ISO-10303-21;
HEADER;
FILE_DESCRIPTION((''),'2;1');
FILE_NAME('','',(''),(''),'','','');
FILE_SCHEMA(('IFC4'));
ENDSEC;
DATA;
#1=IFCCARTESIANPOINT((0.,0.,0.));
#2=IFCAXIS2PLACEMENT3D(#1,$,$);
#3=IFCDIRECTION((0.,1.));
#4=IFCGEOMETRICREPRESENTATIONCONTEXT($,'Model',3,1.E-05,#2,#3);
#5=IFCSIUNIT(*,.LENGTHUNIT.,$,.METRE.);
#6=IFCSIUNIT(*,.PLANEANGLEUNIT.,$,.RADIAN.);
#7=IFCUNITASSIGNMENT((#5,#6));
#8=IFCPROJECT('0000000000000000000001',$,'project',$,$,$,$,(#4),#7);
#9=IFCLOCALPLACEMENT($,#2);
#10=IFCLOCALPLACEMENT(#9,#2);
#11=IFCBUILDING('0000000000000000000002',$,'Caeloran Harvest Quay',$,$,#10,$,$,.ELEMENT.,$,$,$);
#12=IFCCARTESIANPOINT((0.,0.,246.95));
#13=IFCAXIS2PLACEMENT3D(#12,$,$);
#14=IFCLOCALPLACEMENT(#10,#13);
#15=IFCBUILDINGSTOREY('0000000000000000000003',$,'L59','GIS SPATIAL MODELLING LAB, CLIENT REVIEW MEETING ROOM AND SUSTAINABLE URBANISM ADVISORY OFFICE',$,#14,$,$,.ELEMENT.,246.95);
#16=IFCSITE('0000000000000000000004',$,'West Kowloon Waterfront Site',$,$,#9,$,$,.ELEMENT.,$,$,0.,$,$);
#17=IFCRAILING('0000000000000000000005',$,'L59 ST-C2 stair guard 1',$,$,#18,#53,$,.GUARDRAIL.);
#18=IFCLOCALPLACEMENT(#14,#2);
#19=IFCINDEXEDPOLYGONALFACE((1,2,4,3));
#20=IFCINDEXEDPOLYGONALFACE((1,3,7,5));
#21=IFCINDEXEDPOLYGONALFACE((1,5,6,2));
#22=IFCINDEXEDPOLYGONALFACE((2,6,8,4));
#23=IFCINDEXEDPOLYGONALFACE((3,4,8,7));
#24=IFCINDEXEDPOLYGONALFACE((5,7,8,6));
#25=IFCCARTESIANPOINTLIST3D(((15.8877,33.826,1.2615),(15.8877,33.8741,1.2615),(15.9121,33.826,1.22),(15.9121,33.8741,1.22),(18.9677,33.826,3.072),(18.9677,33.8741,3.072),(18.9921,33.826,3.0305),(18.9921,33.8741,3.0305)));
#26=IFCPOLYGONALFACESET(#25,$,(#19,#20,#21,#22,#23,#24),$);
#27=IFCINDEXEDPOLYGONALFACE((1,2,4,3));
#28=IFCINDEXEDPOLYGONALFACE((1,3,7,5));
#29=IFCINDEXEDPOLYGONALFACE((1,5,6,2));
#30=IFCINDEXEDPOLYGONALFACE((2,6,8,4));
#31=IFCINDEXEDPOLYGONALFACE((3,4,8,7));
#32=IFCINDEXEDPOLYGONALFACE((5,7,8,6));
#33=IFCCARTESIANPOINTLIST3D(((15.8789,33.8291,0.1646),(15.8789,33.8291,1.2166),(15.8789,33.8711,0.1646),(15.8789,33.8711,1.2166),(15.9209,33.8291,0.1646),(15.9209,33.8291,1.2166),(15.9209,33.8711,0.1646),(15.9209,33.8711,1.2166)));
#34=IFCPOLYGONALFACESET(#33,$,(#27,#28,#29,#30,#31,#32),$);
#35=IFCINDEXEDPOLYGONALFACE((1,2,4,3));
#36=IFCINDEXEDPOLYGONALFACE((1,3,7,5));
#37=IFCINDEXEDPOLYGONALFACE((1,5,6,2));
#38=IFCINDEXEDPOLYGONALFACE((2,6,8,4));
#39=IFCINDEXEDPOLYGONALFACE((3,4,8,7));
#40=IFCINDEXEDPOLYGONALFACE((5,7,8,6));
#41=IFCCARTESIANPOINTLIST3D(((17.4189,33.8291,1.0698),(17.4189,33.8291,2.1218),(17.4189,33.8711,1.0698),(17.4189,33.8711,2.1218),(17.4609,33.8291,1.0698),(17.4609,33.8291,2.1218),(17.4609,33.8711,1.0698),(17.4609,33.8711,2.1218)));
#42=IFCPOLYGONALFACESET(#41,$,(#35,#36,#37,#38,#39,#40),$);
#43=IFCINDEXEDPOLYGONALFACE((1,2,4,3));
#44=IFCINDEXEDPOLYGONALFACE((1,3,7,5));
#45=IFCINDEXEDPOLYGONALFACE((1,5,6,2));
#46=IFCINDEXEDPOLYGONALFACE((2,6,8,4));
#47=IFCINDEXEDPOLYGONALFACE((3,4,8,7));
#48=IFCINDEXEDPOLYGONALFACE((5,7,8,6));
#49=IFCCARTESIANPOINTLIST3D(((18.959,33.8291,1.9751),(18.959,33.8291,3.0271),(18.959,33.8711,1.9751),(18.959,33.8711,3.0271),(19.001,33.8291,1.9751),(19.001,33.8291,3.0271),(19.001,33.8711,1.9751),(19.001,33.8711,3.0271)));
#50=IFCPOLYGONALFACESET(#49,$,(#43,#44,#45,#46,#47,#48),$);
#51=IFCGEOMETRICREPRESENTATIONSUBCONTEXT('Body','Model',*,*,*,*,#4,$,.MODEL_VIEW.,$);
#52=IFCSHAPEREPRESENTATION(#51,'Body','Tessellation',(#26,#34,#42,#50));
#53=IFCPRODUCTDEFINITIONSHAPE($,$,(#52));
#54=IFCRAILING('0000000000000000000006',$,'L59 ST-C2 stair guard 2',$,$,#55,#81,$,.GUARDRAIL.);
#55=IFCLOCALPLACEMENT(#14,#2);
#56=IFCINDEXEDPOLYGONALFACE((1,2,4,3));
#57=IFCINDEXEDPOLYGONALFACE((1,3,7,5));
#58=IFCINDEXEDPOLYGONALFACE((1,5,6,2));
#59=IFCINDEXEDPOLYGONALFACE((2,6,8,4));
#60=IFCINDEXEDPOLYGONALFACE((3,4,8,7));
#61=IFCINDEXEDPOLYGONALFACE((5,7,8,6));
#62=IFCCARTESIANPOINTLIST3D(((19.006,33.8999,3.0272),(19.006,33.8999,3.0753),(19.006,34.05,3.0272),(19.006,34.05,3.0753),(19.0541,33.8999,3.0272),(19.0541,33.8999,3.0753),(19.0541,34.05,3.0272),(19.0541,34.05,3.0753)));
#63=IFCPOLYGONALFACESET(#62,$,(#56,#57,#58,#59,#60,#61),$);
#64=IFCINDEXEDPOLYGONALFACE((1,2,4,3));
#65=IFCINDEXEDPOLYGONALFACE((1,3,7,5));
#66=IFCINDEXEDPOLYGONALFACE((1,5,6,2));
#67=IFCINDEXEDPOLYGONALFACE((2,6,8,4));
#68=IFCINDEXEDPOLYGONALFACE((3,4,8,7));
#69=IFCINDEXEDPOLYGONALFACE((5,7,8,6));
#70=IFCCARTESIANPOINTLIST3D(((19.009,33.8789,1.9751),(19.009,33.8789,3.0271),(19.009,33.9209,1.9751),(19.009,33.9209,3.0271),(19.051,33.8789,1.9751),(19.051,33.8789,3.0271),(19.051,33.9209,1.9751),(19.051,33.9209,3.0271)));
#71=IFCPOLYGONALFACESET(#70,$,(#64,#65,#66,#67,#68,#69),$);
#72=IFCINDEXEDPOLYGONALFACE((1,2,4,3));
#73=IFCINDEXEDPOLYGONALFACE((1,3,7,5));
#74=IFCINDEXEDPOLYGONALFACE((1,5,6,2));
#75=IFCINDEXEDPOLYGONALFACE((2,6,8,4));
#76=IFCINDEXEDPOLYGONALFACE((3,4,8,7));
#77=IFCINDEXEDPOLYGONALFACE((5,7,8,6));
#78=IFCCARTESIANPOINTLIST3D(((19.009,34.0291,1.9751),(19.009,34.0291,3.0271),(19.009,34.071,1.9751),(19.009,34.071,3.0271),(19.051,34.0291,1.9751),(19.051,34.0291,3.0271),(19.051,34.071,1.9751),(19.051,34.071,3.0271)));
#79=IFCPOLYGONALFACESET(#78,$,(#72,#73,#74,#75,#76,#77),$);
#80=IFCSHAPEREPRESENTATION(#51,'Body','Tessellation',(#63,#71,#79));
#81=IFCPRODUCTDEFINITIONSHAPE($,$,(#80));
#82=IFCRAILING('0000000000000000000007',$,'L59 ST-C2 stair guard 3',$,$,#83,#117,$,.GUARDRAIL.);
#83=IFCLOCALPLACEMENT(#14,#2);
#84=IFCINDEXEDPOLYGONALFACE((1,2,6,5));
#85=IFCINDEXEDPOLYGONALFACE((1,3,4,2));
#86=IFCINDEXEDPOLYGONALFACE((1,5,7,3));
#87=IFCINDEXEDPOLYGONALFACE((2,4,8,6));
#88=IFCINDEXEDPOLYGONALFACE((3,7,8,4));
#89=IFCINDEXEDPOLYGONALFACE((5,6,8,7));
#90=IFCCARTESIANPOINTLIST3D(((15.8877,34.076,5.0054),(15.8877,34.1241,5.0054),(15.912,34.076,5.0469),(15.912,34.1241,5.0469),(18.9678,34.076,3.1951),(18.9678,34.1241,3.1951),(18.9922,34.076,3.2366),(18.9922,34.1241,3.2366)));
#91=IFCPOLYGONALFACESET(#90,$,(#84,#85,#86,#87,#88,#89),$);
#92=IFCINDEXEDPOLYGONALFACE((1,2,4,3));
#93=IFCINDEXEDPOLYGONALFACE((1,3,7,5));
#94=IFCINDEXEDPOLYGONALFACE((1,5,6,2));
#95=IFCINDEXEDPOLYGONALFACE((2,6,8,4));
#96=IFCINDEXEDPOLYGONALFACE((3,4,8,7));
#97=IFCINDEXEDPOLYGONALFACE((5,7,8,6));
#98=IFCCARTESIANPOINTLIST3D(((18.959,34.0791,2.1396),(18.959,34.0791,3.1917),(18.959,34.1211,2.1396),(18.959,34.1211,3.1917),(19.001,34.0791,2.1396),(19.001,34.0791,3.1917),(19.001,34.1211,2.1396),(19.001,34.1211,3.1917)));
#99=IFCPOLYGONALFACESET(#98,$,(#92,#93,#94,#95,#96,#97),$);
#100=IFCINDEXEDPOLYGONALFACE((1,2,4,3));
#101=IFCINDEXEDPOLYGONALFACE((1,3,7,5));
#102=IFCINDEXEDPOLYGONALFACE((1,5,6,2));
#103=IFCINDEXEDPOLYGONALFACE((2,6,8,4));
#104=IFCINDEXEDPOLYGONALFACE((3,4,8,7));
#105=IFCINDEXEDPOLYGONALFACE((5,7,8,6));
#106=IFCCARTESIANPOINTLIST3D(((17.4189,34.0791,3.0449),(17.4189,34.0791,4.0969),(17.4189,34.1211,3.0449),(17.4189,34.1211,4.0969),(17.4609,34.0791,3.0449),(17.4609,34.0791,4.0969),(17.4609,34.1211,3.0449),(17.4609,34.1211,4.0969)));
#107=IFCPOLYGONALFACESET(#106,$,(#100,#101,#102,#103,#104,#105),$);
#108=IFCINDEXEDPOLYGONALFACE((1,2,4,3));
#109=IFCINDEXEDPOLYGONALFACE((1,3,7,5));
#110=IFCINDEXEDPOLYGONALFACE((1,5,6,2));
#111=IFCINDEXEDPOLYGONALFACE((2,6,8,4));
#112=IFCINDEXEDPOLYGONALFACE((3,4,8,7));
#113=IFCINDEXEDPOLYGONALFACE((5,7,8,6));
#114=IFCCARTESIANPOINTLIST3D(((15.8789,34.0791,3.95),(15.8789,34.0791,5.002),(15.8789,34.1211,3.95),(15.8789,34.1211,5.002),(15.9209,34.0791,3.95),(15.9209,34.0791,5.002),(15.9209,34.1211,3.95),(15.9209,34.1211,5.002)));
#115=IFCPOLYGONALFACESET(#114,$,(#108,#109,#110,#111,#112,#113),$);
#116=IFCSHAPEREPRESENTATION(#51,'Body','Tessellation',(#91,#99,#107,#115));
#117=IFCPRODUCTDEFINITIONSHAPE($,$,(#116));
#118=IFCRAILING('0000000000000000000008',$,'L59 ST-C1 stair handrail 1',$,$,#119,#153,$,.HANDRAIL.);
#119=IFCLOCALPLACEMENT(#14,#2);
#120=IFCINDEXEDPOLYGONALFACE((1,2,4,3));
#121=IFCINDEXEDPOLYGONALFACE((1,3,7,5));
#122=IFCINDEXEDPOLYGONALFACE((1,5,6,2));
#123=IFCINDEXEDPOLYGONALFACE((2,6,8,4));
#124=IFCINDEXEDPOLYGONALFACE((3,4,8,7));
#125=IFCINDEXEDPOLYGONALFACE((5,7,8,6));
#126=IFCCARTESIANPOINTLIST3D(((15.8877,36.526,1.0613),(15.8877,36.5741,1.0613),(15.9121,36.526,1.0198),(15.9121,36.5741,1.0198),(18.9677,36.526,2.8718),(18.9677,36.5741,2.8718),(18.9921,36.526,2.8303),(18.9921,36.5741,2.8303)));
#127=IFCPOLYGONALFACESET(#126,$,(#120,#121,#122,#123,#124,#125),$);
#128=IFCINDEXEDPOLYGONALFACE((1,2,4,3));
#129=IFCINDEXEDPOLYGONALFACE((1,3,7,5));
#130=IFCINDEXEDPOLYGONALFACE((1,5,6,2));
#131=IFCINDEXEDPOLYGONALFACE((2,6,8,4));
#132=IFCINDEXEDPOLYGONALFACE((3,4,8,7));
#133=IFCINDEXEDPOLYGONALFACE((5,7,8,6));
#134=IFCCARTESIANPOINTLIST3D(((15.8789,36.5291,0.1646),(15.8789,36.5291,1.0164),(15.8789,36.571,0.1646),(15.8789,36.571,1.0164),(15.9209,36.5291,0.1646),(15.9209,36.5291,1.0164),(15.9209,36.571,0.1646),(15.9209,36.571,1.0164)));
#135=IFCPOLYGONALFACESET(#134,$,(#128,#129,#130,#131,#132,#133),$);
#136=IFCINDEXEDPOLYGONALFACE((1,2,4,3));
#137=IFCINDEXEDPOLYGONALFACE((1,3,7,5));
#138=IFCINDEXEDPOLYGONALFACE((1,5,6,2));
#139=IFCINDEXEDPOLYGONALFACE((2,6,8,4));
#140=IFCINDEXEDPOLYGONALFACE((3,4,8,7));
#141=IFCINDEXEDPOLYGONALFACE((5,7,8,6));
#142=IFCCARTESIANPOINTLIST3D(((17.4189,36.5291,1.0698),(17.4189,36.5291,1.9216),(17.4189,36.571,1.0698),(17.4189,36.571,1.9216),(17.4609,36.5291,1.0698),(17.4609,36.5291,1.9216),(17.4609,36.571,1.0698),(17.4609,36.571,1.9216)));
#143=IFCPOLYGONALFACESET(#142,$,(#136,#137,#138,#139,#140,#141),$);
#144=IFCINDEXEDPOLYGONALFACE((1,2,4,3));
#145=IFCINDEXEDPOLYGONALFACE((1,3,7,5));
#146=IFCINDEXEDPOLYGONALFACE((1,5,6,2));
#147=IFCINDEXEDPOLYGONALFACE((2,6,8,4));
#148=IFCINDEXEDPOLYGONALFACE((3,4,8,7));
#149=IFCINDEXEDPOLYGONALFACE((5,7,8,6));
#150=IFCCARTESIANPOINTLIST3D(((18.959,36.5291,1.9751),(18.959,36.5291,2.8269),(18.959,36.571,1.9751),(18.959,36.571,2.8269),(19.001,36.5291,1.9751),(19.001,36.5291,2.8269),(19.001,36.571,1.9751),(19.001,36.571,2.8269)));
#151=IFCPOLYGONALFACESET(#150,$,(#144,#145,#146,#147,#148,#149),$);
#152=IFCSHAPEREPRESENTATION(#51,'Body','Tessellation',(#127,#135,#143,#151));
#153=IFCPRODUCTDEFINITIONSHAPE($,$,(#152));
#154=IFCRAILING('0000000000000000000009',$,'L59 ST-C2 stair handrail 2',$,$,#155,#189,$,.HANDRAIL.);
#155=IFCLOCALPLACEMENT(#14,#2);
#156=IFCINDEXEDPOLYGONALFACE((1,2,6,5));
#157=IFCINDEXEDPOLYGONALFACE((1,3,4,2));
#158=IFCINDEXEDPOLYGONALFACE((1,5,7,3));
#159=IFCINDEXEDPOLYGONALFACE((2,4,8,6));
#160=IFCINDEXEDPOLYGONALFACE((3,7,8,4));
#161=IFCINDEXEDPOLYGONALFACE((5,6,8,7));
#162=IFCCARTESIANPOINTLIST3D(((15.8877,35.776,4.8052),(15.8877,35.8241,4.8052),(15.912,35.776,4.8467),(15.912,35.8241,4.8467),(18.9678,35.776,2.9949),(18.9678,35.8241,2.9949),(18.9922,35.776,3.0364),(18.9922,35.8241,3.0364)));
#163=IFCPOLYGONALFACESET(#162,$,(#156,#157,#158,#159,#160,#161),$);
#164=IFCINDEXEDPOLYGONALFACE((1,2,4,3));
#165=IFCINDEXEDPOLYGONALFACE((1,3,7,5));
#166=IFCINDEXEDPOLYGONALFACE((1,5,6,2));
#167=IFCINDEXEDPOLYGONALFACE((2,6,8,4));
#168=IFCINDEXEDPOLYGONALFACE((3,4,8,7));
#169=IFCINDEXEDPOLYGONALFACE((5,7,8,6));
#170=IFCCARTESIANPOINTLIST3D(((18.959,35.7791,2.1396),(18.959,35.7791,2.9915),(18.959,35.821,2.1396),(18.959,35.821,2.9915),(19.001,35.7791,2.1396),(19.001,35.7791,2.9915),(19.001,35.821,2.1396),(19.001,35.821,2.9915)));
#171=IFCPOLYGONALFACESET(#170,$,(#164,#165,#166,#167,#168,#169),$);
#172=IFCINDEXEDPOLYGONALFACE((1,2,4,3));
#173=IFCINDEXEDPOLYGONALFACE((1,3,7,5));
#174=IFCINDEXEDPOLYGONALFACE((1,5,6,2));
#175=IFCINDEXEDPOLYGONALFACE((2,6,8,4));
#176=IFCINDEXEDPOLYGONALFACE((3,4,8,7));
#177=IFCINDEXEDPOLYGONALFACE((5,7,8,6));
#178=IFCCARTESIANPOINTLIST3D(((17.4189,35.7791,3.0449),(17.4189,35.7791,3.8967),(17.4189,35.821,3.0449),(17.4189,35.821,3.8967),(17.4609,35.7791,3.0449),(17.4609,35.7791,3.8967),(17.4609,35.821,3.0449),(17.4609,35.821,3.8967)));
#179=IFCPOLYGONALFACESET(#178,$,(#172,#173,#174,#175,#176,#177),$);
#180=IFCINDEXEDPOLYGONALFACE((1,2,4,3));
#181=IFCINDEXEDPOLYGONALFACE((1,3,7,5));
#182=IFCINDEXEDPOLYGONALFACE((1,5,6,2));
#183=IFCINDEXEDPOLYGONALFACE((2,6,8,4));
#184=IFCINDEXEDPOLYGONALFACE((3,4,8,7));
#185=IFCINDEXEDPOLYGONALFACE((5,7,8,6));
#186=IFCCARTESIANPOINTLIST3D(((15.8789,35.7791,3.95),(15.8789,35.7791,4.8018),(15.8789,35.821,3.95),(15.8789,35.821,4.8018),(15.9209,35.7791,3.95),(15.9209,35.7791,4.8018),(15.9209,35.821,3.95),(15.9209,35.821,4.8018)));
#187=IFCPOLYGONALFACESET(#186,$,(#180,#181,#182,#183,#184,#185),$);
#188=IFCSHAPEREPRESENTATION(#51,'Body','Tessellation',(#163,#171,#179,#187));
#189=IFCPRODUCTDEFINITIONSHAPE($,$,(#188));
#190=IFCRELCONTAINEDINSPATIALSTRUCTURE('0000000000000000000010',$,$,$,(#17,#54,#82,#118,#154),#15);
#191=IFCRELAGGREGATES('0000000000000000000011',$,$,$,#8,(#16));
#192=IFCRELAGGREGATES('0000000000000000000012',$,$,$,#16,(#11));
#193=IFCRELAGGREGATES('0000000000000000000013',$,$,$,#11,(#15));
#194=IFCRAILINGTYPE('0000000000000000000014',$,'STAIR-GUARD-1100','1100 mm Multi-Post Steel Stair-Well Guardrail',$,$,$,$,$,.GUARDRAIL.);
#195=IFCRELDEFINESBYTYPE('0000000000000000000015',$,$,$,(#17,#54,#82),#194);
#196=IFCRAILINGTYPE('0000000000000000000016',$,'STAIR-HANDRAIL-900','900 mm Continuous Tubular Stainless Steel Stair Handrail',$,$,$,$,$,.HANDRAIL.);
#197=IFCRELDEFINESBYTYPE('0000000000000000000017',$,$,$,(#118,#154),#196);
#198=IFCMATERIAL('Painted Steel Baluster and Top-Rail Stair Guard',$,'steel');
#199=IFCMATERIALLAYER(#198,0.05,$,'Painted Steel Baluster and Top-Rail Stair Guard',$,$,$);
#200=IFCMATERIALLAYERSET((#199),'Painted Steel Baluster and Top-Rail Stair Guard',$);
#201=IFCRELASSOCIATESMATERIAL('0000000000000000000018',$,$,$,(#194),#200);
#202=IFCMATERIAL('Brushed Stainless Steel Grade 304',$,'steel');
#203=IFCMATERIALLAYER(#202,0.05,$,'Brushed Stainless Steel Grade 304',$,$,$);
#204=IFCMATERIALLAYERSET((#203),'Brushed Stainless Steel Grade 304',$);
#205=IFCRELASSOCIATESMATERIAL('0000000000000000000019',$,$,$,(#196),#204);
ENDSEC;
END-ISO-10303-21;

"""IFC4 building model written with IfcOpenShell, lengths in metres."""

from ifc_helpers import new_model, si_unit, direction, frame, origin, origin_2d, place, context, subcontext, project, spatial, rectangle, extrude, material, layer, layer_set, type_object, element, save


model = new_model("IFC4")

# Units and contexts
model_context = context("Model", 3, precision=1e-05, world=origin(), true_north=direction((0.0, 1.0)))
body_context = subcontext(model_context, "Body", "Model", "MODEL_VIEW")
ifc_project = project(units=[si_unit("LENGTHUNIT", "METRE"), si_unit("PLANEANGLEUNIT", "RADIAN")], contexts=[model_context])

# Site, building, storey
site_placement = place(None, origin())
site = spatial("IfcSite", under=ifc_project, at=site_placement, Name="West Kowloon Waterfront Site", CompositionType="ELEMENT", RefElevation=0.0)
building_placement = place(site_placement, origin())
building = spatial("IfcBuilding", under=site, at=building_placement, Name="Caeloran Harvest Quay", CompositionType="ELEMENT")
storey_placement = place(building_placement, frame((0.0, 0.0, 246.95)))
storey = spatial("IfcBuildingStorey", under=building, at=storey_placement, Name="L59", Description="GIS SPATIAL MODELLING LAB, CLIENT REVIEW MEETING ROOM AND SUSTAINABLE URBANISM ADVISORY OFFICE", CompositionType="ELEMENT", Elevation=246.95)

# Railings
ifc_material_1 = material(Name="Painted Steel Baluster and Top-Rail Stair Guard", Category="steel")
ifc_layer_1 = layer(ifc_material_1, 0.05, Name="Painted Steel Baluster and Top-Rail Stair Guard")
ifc_layer_set_1 = layer_set([ifc_layer_1], Name="Painted Steel Baluster and Top-Rail Stair Guard")
railing_type_1 = type_object("IfcRailingType", Name="STAIR-GUARD-1100", Description="1100 mm Multi-Post Steel Stair-Well Guardrail", PredefinedType="GUARDRAIL", material=ifc_layer_set_1)
railing_1_placement = place(storey_placement, frame((15.8999, 33.8501, 0.1646)))
element("IfcRailing", 1, at=railing_1_placement, inside=storey, type_object=railing_type_1, Name="L59 ST-C2 stair guard 1", PredefinedType="GUARDRAIL", context=body_context, shape_type="SweptSolid", body=[
    extrude(rectangle(XDim=0.0481, YDim=0.0481, at=origin_2d()), frame((0.0, 0.0, 1.0762), z_axis=(0.862089, 0.0, 0.506757), x_axis=(0.0, 1.0, 0.0)), (0.0, 0.0, 1.0), 3.5728),
    extrude(rectangle(XDim=0.042, YDim=0.042, at=origin_2d()), origin(), (0.0, 0.0, 1.0), 1.052),
    extrude(rectangle(XDim=0.042, YDim=0.042, at=origin_2d()), frame((1.54, 0.0, 0.9053)), (0.0, 0.0, 1.0), 1.052),
    extrude(rectangle(XDim=0.042, YDim=0.042, at=origin_2d()), frame((3.0801, 0.0, 1.8105)), (0.0, 0.0, 1.0), 1.052),
])
railing_2_placement = place(storey_placement, frame((19.03, 33.8999, 1.9751)))
element("IfcRailing", 2, at=railing_2_placement, inside=storey, type_object=railing_type_1, Name="L59 ST-C2 stair guard 2", PredefinedType="GUARDRAIL", context=body_context, shape_type="SweptSolid", body=[
    extrude(rectangle(XDim=0.0481, YDim=0.0481, at=origin_2d()), frame((0.0, 0.0, 1.0762), z_axis=(0.0, 1.0, 0.0), x_axis=(-1.0, 0.0, 0.0)), (0.0, 0.0, 1.0), 0.1501),
    extrude(rectangle(XDim=0.042, YDim=0.042, at=origin_2d()), origin(), (0.0, 0.0, 1.0), 1.052),
    extrude(rectangle(XDim=0.042, YDim=0.042, at=origin_2d()), frame((0.0, 0.1501, 0.0)), (0.0, 0.0, 1.0), 1.052),
])
railing_3_placement = place(storey_placement, frame((18.98, 34.1001, 2.1396)))
element("IfcRailing", 3, at=railing_3_placement, inside=storey, type_object=railing_type_1, Name="L59 ST-C2 stair guard 3", PredefinedType="GUARDRAIL", context=body_context, shape_type="SweptSolid", body=[
    extrude(rectangle(XDim=0.0481, YDim=0.0481, at=origin_2d()), frame((0.0, 0.0, 1.0762), z_axis=(-0.862119, 0.0, 0.506707), x_axis=(0.0, -1.0, 0.0)), (0.0, 0.0, 1.0), 3.5728),
    extrude(rectangle(XDim=0.042, YDim=0.042, at=origin_2d()), origin(), (0.0, 0.0, 1.0), 1.052),
    extrude(rectangle(XDim=0.042, YDim=0.042, at=origin_2d()), frame((-1.54, 0.0, 0.9053)), (0.0, 0.0, 1.0), 1.052),
    extrude(rectangle(XDim=0.042, YDim=0.042, at=origin_2d()), frame((-3.0801, 0.0, 1.8103)), (0.0, 0.0, 1.0), 1.052),
])
ifc_material_2 = material(Name="Brushed Stainless Steel Grade 304", Category="steel")
ifc_layer_2 = layer(ifc_material_2, 0.05, Name="Brushed Stainless Steel Grade 304")
ifc_layer_set_2 = layer_set([ifc_layer_2], Name="Brushed Stainless Steel Grade 304")
railing_type_2 = type_object("IfcRailingType", Name="STAIR-HANDRAIL-900", Description="900 mm Continuous Tubular Stainless Steel Stair Handrail", PredefinedType="HANDRAIL", material=ifc_layer_set_2)
railing_4_placement = place(storey_placement, frame((15.8999, 36.55, 0.1646)))
element("IfcRailing", 4, at=railing_4_placement, inside=storey, type_object=railing_type_2, Name="L59 ST-C1 stair handrail 1", PredefinedType="HANDRAIL", context=body_context, shape_type="SweptSolid", body=[
    extrude(rectangle(XDim=0.0481, YDim=0.0481, at=origin_2d()), frame((0.0, 0.0, 0.876), z_axis=(0.862089, 0.0, 0.506757), x_axis=(0.0, 1.0, 0.0)), (0.0, 0.0, 1.0), 3.5728),
    extrude(rectangle(XDim=0.042, YDim=0.042, at=origin_2d()), origin(), (0.0, 0.0, 1.0), 0.8518),
    extrude(rectangle(XDim=0.042, YDim=0.042, at=origin_2d()), frame((1.54, 0.0, 0.9053)), (0.0, 0.0, 1.0), 0.8518),
    extrude(rectangle(XDim=0.042, YDim=0.042, at=origin_2d()), frame((3.0801, 0.0, 1.8105)), (0.0, 0.0, 1.0), 0.8518),
])
railing_5_placement = place(storey_placement, frame((18.98, 35.8, 2.1396)))
element("IfcRailing", 5, at=railing_5_placement, inside=storey, type_object=railing_type_2, Name="L59 ST-C2 stair handrail 2", PredefinedType="HANDRAIL", context=body_context, shape_type="SweptSolid", body=[
    extrude(rectangle(XDim=0.0481, YDim=0.0481, at=origin_2d()), frame((0.0, 0.0, 0.876), z_axis=(-0.862119, 0.0, 0.506707), x_axis=(0.0, -1.0, 0.0)), (0.0, 0.0, 1.0), 3.5728),
    extrude(rectangle(XDim=0.042, YDim=0.042, at=origin_2d()), origin(), (0.0, 0.0, 1.0), 0.8518),
    extrude(rectangle(XDim=0.042, YDim=0.042, at=origin_2d()), frame((-1.54, 0.0, 0.9053)), (0.0, 0.0, 1.0), 0.8518),
    extrude(rectangle(XDim=0.042, YDim=0.042, at=origin_2d()), frame((-3.0801, 0.0, 1.8103)), (0.0, 0.0, 1.0), 0.8518),
])

save(model, "model.ifc")
